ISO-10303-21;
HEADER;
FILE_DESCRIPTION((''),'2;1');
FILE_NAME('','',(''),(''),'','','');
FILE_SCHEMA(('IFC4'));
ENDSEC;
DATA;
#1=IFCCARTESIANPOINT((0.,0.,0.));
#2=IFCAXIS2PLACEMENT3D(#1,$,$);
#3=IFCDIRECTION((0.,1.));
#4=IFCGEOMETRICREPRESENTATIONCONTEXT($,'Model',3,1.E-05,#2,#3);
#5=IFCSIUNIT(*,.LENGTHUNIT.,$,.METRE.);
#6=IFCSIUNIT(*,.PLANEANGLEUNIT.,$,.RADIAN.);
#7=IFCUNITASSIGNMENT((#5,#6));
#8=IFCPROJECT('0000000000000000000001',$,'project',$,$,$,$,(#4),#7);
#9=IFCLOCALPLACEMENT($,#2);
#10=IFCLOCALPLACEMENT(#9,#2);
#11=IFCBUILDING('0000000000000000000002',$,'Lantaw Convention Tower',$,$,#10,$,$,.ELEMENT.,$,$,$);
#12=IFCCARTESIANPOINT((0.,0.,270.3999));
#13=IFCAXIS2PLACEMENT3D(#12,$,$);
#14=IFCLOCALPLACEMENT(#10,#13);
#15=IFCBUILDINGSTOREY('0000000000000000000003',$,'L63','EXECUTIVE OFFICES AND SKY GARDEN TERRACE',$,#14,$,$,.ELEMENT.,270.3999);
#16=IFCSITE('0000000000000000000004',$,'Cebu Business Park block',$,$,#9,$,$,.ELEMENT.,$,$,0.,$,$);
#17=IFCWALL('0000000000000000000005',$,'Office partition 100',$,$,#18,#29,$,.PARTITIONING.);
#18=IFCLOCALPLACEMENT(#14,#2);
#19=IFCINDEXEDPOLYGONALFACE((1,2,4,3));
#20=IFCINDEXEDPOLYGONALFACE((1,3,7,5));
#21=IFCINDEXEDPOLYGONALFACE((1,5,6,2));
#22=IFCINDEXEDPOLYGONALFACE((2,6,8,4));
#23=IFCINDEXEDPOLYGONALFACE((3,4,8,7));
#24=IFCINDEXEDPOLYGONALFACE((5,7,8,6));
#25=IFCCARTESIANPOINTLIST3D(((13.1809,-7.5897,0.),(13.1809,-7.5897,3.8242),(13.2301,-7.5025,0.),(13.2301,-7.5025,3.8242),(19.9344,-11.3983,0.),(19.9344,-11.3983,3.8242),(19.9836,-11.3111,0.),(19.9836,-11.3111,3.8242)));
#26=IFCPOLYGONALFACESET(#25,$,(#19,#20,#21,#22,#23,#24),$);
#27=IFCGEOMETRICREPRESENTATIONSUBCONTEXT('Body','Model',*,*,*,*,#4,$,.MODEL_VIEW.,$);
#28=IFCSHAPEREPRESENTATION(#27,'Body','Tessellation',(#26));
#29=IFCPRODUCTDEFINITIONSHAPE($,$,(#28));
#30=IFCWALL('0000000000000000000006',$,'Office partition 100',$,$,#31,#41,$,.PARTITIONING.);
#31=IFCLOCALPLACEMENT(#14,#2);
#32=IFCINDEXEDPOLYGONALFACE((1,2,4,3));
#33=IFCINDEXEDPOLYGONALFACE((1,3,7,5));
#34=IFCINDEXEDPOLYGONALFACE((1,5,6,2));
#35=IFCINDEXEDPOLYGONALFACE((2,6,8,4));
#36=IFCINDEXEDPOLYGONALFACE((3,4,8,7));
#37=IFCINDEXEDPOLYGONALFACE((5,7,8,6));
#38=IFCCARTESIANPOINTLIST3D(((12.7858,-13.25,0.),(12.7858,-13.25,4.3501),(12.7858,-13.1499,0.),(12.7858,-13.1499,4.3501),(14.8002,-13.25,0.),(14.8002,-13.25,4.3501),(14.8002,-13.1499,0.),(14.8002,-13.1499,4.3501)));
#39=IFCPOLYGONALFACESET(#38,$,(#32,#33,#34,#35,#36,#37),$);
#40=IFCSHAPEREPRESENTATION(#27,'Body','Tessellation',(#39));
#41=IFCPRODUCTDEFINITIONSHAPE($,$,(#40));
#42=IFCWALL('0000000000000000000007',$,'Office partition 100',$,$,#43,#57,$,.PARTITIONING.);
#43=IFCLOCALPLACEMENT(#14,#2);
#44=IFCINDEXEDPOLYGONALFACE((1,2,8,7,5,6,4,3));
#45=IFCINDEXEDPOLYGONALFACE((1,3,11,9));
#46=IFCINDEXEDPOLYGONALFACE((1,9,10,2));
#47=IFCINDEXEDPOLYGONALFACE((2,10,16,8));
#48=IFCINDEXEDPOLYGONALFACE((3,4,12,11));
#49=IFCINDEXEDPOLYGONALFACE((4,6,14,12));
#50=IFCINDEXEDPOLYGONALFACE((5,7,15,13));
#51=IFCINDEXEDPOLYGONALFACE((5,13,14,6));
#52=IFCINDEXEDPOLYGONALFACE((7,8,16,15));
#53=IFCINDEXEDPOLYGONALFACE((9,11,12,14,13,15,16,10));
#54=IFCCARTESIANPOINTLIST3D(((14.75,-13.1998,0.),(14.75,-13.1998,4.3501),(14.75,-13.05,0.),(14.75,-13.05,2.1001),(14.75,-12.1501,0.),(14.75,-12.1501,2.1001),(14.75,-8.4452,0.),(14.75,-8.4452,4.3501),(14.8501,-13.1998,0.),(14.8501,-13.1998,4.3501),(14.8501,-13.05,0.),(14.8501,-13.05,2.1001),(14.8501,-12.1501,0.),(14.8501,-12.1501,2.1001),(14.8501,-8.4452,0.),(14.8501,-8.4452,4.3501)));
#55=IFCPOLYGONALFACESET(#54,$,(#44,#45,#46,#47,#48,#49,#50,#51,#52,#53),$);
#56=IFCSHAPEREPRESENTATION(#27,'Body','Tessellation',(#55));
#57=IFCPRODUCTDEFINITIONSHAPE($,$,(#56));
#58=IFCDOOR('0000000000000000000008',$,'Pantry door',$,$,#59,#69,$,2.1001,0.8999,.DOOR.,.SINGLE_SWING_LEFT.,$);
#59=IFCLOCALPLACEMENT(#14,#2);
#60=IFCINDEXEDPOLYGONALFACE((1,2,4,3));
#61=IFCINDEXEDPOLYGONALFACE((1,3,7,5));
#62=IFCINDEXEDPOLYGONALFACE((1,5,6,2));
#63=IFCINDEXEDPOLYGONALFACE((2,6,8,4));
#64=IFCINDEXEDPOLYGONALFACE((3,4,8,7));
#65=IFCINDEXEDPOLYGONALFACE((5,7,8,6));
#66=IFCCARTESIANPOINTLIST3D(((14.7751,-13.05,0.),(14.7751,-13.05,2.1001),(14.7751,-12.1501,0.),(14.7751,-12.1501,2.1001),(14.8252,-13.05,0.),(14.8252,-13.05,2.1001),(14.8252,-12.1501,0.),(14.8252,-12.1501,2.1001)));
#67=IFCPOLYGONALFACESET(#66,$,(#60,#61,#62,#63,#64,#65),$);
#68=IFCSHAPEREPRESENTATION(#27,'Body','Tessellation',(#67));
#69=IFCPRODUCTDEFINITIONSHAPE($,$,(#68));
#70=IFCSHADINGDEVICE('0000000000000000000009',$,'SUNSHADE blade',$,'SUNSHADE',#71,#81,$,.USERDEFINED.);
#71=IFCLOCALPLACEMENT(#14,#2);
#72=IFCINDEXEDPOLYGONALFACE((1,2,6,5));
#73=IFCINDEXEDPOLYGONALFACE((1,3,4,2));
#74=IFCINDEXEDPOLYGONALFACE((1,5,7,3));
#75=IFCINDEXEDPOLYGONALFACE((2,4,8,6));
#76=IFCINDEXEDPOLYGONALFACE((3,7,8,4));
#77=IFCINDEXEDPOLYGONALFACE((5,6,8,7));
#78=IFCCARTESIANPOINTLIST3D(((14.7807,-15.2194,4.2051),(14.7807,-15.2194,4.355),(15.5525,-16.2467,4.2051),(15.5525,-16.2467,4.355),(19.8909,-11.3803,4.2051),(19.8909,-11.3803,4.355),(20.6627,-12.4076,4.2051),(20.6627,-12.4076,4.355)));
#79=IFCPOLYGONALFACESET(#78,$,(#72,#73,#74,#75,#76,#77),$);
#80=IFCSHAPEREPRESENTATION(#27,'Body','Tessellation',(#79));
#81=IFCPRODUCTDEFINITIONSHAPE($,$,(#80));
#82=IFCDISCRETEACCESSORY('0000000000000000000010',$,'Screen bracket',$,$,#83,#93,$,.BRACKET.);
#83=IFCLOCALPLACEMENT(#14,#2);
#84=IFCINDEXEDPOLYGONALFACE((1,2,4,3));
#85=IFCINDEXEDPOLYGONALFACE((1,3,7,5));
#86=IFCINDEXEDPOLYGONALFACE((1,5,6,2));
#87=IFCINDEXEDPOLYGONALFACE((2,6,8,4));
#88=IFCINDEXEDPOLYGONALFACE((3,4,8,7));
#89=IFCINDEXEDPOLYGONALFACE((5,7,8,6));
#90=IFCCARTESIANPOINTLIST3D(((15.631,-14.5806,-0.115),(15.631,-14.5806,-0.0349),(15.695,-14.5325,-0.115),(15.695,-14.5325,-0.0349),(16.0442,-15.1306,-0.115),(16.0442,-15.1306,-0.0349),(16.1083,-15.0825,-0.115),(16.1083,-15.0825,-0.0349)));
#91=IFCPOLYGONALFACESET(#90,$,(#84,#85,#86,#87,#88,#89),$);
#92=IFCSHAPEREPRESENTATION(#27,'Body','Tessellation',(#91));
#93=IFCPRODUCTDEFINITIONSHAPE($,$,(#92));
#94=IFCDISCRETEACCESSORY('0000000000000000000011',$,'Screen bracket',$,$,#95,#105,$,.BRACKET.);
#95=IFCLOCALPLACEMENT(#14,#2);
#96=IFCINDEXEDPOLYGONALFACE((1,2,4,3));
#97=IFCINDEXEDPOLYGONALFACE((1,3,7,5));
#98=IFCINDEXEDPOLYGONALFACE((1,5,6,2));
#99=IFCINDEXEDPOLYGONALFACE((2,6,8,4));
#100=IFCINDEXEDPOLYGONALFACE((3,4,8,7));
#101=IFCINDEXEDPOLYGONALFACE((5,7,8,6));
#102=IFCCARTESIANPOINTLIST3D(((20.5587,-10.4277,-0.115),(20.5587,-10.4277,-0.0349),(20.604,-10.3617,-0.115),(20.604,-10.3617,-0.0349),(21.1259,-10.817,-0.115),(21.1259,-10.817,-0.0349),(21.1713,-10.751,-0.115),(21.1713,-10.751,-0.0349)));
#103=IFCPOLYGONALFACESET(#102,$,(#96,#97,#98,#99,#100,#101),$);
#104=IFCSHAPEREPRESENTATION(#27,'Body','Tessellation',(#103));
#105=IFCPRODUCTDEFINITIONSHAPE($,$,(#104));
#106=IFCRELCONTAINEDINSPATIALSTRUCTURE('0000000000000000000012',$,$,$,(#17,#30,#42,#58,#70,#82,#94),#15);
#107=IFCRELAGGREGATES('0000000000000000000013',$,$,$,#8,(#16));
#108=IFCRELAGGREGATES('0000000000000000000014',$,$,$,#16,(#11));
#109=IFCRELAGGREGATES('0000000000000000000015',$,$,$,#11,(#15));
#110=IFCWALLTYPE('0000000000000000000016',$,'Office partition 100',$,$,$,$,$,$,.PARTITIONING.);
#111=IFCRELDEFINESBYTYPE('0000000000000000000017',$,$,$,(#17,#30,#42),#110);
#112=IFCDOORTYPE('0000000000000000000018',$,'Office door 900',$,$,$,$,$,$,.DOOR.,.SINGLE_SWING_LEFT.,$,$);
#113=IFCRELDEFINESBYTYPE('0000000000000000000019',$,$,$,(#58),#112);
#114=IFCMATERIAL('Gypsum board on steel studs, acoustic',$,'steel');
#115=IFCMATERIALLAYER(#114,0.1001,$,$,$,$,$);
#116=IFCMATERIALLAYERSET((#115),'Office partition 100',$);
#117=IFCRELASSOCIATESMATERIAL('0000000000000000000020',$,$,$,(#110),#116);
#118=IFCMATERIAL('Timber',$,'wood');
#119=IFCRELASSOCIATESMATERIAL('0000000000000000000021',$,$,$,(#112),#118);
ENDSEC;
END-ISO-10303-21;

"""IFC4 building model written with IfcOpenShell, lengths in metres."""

from ifc_helpers import new_model, si_unit, direction, frame, frame_2d, origin, origin_2d, place, context, subcontext, project, spatial, rectangle, extrude, material, layer, layer_set, type_object, element, fill, save


model = new_model("IFC4")

# Units and contexts
model_context = context("Model", 3, precision=1e-05, world=origin(), true_north=direction((0.0, 1.0)))
body_context = subcontext(model_context, "Body", "Model", "MODEL_VIEW")
ifc_project = project(units=[si_unit("LENGTHUNIT", "METRE"), si_unit("PLANEANGLEUNIT", "RADIAN")], contexts=[model_context])

# Site, building, storey
site_placement = place(None, origin())
site = spatial("IfcSite", under=ifc_project, at=site_placement, Name="Cebu Business Park block", CompositionType="ELEMENT", RefElevation=0.0)
building_placement = place(site_placement, origin())
building = spatial("IfcBuilding", under=site, at=building_placement, Name="Lantaw Convention Tower", CompositionType="ELEMENT")
storey_placement = place(building_placement, frame((0.0, 0.0, 270.3999)))
storey = spatial("IfcBuildingStorey", under=building, at=storey_placement, Name="L63", Description="EXECUTIVE OFFICES AND SKY GARDEN TERRACE", CompositionType="ELEMENT", Elevation=270.3999)

# Walls
ifc_material_1 = material(Name="Gypsum board on steel studs, acoustic", Category="steel")
ifc_layer_1 = layer(ifc_material_1, 0.1001)
ifc_layer_set_1 = layer_set([ifc_layer_1], Name="Office partition 100")
wall_type_1 = type_object("IfcWallType", Name="Office partition 100", PredefinedType="PARTITIONING", material=ifc_layer_set_1)
wall_1_placement = place(storey_placement, frame((19.959, -11.3547, 0.0), z_axis=(0.0, 0.0, 1.0), x_axis=(-0.871035, 0.491221, 0.0)))
element("IfcWall", 1, at=wall_1_placement, inside=storey, type_object=wall_type_1, Name="Office partition 100", PredefinedType="PARTITIONING", context=body_context, shape_type="SweptSolid", body=[
    extrude(rectangle(XDim=7.7534, YDim=0.1001, at=frame_2d((3.8767, 0.0))), origin(), (0.0, 0.0, 1.0), 3.8242),
])
wall_2_placement = place(storey_placement, frame((12.7856, -13.2, 0.0), z_axis=(0.0, 0.0, 1.0), x_axis=(1.0, 0.0, 0.0)))
element("IfcWall", 2, at=wall_2_placement, inside=storey, type_object=wall_type_1, Name="Office partition 100", PredefinedType="PARTITIONING", context=body_context, shape_type="SweptSolid", body=[
    extrude(rectangle(XDim=2.0144, YDim=0.1001, at=frame_2d((1.0073, 0.0))), origin(), (0.0, 0.0, 1.0), 4.3501),
])

# Wall, opening, door
wall_3_placement = place(storey_placement, frame((14.8, -13.2, 0.0), z_axis=(0.0, 0.0, 1.0), x_axis=(0.0, 1.0, 0.0)))
wall_3 = element("IfcWall", 3, at=wall_3_placement, inside=storey, type_object=wall_type_1, Name="Office partition 100", PredefinedType="PARTITIONING", context=body_context, shape_type="SweptSolid", body=[
    extrude(rectangle(XDim=4.7546, YDim=0.1001, at=frame_2d((2.3774, 0.0))), origin(), (0.0, 0.0, 1.0), 4.3501),
])
opening_1_placement = place(wall_3_placement, frame((0.1499, 0.0, 0.0)))
opening_1 = element("IfcOpeningElement", 4, at=opening_1_placement, cuts=wall_3, PredefinedType="OPENING", context=body_context, shape_type="SweptSolid", body=[
    extrude(rectangle(XDim=0.8999, YDim=2.1001, at=frame_2d((0.45, 1.05))), frame((0.0, 0.0601, 0.0), z_axis=(0.0, -1.0, 0.0), x_axis=(1.0, 0.0, 0.0)), (0.0, 0.0, 1.0), 0.1201),
])
ifc_material_2 = material(Name="Timber", Category="wood")
door_type_1 = type_object("IfcDoorType", Name="Office door 900", OperationType="SINGLE_SWING_LEFT", PredefinedType="DOOR", material=ifc_material_2)
door_1_placement = place(opening_1_placement, origin())
door_1 = element("IfcDoor", 5, at=door_1_placement, inside=storey, type_object=door_type_1, Name="Pantry door", OperationType="SINGLE_SWING_LEFT", OverallHeight=2.1001, OverallWidth=0.8999, PredefinedType="DOOR", context=body_context, shape_type="SweptSolid", body=[
    extrude(rectangle(XDim=0.8999, YDim=2.1001, at=frame_2d((0.45, 1.05))), frame((0.0, 0.0249, 0.0), z_axis=(0.0, -1.0, 0.0), x_axis=(1.0, 0.0, 0.0)), (0.0, 0.0, 1.0), 0.05),
])
fill(opening_1, door_1)

# Shading device
shading_device_placement = place(storey_placement, frame((17.7217, -13.8135, 4.2051), z_axis=(0.0, 0.0, 1.0), x_axis=(0.799518, 0.600643, 0.0)))
element("IfcShadingDevice", 6, at=shading_device_placement, inside=storey, Name="SUNSHADE blade", ObjectType="SUNSHADE", PredefinedType="USERDEFINED", context=body_context, shape_type="SweptSolid", body=[
    extrude(rectangle(XDim=6.3916, YDim=1.2849, at=origin_2d()), origin(), (0.0, 0.0, 1.0), 0.1499),
])

# Discrete accessories
for number, where, z_axis, x_axis, name in (
    (7, (15.8696, -14.8315, -0.115), (0.0, 0.0, 1.0), (0.799518, 0.600643, 0.0), "Screen bracket"),
    (8, (20.865, -10.5894, -0.115), (0.0, 0.0, 1.0), (0.565935, 0.82445, 0.0), "Screen bracket"),
):
    element("IfcDiscreteAccessory", number, at=place(storey_placement, frame(where, z_axis=z_axis, x_axis=x_axis)), inside=storey, Name=name, PredefinedType="BRACKET", context=body_context, shape_type="SweptSolid", body=[
        extrude(rectangle(XDim=0.0801, YDim=0.688, at=origin_2d()), origin(), (0.0, 0.0, 1.0), 0.0801),
    ])

save(model, "model.ifc")
